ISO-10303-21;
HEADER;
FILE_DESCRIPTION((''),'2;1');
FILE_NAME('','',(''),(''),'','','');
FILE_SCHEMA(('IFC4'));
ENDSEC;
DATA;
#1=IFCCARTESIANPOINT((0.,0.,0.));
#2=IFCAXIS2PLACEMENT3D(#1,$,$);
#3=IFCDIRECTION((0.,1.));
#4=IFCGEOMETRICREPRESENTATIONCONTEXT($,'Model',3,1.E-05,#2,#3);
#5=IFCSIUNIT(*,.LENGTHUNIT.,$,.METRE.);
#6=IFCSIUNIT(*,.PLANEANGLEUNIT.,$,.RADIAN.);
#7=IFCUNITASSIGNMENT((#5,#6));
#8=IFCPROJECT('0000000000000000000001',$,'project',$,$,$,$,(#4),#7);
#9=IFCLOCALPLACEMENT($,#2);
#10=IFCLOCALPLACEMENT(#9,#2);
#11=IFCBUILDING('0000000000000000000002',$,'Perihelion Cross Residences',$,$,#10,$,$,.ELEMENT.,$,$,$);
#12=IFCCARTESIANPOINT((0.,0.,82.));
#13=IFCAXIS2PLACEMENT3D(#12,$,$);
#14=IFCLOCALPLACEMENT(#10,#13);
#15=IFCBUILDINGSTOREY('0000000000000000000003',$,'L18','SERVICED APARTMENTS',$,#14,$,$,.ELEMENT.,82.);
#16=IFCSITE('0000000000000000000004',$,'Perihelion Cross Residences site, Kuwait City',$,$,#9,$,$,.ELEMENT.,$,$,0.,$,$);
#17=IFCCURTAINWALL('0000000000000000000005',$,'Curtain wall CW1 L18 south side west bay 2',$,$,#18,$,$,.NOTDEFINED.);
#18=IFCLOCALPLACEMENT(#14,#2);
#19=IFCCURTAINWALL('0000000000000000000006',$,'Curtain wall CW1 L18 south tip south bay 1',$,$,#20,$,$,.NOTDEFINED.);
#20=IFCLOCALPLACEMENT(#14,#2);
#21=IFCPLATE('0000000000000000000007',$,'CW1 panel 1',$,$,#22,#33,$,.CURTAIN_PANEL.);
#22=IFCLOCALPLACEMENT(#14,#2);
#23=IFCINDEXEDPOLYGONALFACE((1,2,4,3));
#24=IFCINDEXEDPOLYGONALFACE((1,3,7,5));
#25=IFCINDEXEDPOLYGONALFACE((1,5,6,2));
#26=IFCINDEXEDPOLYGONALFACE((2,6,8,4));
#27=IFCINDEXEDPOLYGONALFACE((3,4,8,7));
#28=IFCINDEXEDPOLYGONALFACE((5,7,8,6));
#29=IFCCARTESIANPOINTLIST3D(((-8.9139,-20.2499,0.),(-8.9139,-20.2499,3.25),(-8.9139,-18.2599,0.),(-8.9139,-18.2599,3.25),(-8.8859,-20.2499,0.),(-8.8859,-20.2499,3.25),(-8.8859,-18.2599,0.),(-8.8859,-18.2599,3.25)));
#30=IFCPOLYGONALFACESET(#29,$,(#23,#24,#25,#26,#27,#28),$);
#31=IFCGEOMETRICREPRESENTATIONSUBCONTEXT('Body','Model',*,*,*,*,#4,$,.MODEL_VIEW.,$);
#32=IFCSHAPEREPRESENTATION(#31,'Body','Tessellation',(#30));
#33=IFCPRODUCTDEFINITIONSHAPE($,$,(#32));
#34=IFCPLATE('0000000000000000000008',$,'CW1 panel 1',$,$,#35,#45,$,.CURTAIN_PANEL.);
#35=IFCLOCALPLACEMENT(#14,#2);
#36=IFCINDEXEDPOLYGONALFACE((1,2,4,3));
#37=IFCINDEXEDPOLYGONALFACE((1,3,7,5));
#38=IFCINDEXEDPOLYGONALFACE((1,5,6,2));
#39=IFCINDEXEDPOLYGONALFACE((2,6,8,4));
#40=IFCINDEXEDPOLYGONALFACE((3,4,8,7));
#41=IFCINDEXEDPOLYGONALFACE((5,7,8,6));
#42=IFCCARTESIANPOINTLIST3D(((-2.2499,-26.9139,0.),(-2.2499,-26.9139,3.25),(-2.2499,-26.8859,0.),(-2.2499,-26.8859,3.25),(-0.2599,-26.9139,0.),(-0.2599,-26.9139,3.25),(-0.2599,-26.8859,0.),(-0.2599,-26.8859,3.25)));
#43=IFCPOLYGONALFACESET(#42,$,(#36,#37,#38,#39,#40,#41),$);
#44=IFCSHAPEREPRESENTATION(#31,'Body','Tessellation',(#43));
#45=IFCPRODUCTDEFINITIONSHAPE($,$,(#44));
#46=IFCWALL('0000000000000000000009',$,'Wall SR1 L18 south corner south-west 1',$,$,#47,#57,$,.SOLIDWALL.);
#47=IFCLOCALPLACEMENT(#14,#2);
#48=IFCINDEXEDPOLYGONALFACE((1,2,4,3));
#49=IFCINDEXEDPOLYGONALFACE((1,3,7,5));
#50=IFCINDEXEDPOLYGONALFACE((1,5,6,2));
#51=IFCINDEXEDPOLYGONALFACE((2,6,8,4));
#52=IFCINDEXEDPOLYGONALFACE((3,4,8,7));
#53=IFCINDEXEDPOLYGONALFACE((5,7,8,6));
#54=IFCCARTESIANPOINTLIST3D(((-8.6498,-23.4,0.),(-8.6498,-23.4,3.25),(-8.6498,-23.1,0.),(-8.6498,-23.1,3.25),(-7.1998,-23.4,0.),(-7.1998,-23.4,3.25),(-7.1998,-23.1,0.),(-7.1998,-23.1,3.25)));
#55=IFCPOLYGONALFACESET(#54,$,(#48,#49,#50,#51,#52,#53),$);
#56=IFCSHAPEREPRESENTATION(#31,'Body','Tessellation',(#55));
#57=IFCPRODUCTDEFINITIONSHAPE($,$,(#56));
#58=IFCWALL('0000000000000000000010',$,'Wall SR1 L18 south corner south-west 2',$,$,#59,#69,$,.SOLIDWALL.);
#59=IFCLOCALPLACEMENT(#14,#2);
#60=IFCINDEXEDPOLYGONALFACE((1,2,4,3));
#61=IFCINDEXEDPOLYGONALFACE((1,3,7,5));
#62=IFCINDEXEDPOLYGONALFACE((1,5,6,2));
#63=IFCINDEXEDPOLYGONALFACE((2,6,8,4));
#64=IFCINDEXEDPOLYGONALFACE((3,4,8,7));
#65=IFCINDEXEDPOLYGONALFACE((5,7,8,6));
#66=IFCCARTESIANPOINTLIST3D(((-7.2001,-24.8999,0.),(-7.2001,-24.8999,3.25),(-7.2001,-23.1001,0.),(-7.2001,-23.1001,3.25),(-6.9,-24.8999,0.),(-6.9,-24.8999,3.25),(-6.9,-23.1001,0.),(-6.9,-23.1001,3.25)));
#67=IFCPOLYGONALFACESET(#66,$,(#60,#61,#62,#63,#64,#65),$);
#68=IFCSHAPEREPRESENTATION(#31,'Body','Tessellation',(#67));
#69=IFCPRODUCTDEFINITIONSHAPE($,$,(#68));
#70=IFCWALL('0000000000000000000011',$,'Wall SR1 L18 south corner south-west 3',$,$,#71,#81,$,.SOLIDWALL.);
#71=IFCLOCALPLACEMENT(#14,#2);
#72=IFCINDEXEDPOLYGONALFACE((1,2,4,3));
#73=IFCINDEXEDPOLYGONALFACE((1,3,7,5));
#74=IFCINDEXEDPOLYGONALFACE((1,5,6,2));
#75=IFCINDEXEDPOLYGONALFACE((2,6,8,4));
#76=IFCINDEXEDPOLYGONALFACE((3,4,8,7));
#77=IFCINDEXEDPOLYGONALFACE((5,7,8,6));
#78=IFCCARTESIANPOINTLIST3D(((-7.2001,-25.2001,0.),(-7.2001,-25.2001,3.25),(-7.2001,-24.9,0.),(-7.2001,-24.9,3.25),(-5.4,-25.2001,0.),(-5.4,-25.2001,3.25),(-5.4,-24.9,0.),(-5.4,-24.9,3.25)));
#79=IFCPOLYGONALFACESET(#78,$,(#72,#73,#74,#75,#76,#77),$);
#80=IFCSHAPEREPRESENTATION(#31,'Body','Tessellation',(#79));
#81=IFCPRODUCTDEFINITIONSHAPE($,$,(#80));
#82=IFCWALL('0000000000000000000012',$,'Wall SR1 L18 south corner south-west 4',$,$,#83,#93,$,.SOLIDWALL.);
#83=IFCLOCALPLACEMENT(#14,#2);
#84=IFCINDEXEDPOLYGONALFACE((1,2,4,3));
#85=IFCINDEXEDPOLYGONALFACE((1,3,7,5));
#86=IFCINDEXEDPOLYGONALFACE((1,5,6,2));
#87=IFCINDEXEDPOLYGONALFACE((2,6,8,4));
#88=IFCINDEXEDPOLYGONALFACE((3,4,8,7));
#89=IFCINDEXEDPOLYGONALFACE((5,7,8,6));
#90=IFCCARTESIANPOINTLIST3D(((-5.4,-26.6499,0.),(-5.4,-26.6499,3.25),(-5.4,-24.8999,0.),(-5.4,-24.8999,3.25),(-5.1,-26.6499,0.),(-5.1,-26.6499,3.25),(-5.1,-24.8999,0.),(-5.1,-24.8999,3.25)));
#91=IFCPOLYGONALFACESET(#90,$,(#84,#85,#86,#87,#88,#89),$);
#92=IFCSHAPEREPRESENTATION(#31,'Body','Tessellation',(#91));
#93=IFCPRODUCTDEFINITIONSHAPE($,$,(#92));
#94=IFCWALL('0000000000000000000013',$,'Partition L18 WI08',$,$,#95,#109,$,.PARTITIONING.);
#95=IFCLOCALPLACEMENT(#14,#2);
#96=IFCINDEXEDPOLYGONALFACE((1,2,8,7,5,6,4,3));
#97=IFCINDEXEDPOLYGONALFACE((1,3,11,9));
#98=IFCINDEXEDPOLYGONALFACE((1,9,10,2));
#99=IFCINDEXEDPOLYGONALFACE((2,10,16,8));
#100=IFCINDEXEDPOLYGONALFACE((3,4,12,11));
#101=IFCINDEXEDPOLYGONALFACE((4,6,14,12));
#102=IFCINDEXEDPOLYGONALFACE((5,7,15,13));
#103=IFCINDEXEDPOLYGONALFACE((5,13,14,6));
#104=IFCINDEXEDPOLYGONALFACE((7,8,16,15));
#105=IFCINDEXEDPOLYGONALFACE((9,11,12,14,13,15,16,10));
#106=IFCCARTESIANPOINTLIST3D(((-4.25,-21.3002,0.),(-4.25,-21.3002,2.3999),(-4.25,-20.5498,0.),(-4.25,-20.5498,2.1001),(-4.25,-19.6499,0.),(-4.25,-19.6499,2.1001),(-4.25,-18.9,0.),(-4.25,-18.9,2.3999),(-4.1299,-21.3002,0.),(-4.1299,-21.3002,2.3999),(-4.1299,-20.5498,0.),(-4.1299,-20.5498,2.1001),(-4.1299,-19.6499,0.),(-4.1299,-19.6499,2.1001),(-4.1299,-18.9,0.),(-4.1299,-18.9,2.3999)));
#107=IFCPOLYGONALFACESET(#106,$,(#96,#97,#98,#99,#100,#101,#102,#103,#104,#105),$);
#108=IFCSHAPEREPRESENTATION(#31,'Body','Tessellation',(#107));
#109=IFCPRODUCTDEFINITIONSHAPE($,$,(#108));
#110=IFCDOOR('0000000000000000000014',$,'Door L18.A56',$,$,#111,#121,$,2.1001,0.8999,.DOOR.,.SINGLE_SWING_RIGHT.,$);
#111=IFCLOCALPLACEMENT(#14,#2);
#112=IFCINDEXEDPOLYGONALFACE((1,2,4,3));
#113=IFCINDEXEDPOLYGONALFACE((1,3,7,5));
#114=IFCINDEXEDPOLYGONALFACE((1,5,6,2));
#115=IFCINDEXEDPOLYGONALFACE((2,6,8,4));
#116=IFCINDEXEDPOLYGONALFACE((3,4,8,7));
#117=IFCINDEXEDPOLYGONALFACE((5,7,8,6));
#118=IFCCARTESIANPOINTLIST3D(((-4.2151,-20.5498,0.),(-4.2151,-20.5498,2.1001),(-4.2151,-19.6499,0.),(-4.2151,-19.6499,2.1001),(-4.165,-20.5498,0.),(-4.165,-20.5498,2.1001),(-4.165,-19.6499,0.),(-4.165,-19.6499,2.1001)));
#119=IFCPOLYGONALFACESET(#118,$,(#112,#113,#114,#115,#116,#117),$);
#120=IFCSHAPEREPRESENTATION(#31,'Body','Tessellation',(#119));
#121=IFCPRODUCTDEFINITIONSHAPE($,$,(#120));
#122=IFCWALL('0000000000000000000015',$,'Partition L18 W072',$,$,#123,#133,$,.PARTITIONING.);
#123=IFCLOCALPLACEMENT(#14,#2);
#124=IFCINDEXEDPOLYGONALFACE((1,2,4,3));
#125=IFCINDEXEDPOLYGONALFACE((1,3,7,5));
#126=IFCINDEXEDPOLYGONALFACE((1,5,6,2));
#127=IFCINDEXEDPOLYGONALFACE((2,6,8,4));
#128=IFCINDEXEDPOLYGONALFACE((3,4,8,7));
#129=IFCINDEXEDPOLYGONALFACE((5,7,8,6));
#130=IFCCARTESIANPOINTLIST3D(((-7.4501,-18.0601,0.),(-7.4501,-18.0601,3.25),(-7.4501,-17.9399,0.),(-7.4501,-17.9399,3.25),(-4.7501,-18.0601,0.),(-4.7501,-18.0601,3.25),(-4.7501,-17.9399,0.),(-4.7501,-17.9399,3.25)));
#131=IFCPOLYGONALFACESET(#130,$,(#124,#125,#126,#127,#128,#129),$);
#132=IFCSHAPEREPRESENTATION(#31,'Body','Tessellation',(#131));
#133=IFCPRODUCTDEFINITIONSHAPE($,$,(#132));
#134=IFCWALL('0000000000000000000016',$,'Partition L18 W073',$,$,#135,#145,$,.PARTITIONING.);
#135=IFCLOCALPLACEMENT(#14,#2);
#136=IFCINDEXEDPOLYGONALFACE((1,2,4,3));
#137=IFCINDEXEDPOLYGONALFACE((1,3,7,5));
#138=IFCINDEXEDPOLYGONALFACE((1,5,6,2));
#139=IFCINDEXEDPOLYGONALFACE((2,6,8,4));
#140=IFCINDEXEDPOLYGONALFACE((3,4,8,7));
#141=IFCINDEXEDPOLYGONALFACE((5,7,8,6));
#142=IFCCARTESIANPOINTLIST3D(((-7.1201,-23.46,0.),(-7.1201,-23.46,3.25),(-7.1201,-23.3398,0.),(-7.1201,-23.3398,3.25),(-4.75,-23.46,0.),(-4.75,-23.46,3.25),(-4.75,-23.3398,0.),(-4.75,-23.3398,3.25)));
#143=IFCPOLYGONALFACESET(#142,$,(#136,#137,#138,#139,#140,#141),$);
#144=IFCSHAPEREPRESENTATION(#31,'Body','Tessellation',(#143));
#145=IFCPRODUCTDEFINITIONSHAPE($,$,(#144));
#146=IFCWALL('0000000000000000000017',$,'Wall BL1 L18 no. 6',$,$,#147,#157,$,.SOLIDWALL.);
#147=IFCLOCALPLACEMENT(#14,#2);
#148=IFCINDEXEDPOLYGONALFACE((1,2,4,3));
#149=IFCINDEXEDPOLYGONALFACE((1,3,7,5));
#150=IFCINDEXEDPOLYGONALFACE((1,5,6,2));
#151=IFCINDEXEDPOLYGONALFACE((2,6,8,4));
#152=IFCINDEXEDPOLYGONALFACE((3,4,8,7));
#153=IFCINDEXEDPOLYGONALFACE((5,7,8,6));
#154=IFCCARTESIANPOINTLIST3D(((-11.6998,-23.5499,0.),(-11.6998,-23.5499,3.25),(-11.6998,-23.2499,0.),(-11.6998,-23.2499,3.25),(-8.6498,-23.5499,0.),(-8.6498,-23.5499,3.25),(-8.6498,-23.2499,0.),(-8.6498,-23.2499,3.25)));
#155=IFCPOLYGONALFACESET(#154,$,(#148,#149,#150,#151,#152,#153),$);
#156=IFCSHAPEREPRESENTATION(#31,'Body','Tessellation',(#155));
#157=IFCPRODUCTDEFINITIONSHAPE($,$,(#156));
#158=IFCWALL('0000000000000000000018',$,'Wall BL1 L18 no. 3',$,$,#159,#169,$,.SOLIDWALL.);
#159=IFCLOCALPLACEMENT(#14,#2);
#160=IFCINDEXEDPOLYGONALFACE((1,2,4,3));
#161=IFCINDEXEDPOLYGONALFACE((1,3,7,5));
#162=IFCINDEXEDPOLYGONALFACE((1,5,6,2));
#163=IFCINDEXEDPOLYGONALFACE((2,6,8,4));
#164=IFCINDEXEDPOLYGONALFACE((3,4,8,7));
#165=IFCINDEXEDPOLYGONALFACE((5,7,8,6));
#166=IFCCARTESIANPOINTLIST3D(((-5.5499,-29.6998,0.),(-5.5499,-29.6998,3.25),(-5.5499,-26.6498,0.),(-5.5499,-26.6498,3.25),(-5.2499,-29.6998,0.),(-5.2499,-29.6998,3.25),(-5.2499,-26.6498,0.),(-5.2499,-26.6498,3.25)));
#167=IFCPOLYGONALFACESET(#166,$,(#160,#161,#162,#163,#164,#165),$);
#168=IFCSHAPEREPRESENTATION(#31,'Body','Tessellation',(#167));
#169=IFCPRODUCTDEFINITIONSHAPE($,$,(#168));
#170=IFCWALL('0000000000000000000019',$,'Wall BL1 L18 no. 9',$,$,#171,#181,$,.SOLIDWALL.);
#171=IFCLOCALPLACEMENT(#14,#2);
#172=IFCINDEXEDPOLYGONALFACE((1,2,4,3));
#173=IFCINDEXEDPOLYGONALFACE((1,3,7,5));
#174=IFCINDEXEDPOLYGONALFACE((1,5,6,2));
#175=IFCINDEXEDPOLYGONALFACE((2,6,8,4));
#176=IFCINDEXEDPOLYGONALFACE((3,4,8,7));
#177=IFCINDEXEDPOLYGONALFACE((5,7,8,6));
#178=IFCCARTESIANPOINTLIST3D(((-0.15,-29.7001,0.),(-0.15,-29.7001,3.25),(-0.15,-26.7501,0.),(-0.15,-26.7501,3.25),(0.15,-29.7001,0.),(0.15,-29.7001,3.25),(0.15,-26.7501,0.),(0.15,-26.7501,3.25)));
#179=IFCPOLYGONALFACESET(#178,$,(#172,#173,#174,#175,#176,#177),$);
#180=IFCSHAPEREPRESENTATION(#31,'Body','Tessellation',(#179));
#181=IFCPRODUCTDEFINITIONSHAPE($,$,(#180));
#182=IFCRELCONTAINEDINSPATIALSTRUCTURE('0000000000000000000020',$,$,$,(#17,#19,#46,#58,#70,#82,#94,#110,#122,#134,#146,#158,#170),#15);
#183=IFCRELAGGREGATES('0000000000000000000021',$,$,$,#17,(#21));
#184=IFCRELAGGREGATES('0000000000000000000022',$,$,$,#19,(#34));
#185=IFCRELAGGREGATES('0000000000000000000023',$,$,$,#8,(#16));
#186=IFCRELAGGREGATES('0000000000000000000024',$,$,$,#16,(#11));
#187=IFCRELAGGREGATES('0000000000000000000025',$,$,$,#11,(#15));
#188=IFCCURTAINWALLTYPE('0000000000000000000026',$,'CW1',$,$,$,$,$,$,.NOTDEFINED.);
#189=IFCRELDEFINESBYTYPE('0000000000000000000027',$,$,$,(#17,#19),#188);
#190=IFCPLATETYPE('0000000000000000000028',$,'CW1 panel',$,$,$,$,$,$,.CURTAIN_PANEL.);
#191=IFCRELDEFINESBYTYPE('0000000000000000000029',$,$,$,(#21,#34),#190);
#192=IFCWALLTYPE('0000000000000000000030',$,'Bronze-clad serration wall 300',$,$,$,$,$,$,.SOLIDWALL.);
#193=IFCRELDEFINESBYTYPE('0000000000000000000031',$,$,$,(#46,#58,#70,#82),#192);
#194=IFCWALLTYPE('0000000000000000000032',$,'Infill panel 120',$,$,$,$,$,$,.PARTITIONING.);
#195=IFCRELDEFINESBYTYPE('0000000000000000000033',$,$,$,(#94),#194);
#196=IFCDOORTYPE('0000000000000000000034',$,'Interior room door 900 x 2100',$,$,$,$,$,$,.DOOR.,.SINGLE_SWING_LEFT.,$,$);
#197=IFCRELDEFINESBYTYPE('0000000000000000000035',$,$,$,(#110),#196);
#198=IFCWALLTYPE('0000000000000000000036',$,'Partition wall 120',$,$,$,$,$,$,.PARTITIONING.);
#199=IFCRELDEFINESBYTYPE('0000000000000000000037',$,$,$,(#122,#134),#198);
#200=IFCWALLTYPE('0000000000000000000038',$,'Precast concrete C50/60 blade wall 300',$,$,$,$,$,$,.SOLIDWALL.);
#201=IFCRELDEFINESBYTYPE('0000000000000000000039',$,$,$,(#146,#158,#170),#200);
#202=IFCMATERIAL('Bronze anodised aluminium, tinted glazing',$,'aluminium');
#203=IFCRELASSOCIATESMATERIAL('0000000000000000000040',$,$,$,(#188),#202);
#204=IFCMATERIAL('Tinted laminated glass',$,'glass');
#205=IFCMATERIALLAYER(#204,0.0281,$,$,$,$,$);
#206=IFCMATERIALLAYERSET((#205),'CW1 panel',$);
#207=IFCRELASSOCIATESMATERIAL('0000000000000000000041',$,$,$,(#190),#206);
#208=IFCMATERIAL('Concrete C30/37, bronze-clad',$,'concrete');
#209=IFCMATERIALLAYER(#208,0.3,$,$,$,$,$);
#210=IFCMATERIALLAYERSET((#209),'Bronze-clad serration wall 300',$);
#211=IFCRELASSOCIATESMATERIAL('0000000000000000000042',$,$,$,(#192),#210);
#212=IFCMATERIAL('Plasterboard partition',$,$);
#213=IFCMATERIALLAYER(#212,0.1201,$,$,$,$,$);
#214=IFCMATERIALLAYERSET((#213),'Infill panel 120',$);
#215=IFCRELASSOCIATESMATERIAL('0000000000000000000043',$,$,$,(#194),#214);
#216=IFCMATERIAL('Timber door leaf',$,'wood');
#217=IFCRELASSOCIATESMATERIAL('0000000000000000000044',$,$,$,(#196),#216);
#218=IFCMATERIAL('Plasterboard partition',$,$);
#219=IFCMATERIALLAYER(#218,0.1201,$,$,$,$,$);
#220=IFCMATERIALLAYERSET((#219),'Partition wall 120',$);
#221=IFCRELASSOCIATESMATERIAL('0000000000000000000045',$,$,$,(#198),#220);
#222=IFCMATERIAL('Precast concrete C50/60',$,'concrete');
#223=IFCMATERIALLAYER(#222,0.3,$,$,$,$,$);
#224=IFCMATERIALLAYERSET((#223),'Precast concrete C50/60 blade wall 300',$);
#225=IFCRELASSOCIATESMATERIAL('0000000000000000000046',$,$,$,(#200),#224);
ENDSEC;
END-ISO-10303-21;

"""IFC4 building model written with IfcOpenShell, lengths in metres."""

from ifc_helpers import new_model, si_unit, direction, frame, frame_2d, origin, origin_2d, place, context, subcontext, project, spatial, rectangle, extrude, material, layer, layer_set, type_object, element, fill, aggregate, save


model = new_model("IFC4")

# Units and contexts
model_context = context("Model", 3, precision=1e-05, world=origin(), true_north=direction((0.0, 1.0)))
body_context = subcontext(model_context, "Body", "Model", "MODEL_VIEW")
ifc_project = project(units=[si_unit("LENGTHUNIT", "METRE"), si_unit("PLANEANGLEUNIT", "RADIAN")], contexts=[model_context])

# Site, building, storey
site_placement = place(None, origin())
site = spatial("IfcSite", under=ifc_project, at=site_placement, Name="Perihelion Cross Residences site, Kuwait City", CompositionType="ELEMENT", RefElevation=0.0)
building_placement = place(site_placement, origin())
building = spatial("IfcBuilding", under=site, at=building_placement, Name="Perihelion Cross Residences", CompositionType="ELEMENT")
storey_placement = place(building_placement, frame((0.0, 0.0, 82.0)))
storey = spatial("IfcBuildingStorey", under=building, at=storey_placement, Name="L18", Description="SERVICED APARTMENTS", CompositionType="ELEMENT", Elevation=82.0)

# Curtain walls
ifc_material_1 = material(Name="Bronze anodised aluminium, tinted glazing", Category="aluminium")
curtain_wall_type = type_object("IfcCurtainWallType", Name="CW1", PredefinedType="NOTDEFINED", material=ifc_material_1)
curtain_wall_1_placement = place(storey_placement, origin())
curtain_wall_1 = element("IfcCurtainWall", 1, at=curtain_wall_1_placement, inside=storey, type_object=curtain_wall_type, Name="Curtain wall CW1 L18 south side west bay 2", PredefinedType="NOTDEFINED")
curtain_wall_2_placement = place(storey_placement, origin())
curtain_wall_2 = element("IfcCurtainWall", 2, at=curtain_wall_2_placement, inside=storey, type_object=curtain_wall_type, Name="Curtain wall CW1 L18 south tip south bay 1", PredefinedType="NOTDEFINED")

# Plates
ifc_material_2 = material(Name="Tinted laminated glass", Category="glass")
ifc_layer_1 = layer(ifc_material_2, 0.0281)
ifc_layer_set_1 = layer_set([ifc_layer_1], Name="CW1 panel")
plate_type = type_object("IfcPlateType", Name="CW1 panel", PredefinedType="CURTAIN_PANEL", material=ifc_layer_set_1)
plate_1_placement = place(storey_placement, frame((-8.8999, -19.2549, 0.0), z_axis=(0.0, 0.0, 1.0), x_axis=(0.0, -1.0, 0.0)))
plate_1 = element("IfcPlate", 3, at=plate_1_placement, type_object=plate_type, Name="CW1 panel 1", PredefinedType="CURTAIN_PANEL", context=body_context, shape_type="SweptSolid", body=[
    extrude(rectangle(XDim=1.99, YDim=0.0281, at=origin_2d()), origin(), (0.0, 0.0, 1.0), 3.25),
])
aggregate(curtain_wall_1, [plate_1])
plate_2_placement = place(storey_placement, frame((-1.2549, -26.8999, 0.0), z_axis=(0.0, 0.0, 1.0), x_axis=(1.0, 0.0, 0.0)))
plate_2 = element("IfcPlate", 4, at=plate_2_placement, type_object=plate_type, Name="CW1 panel 1", PredefinedType="CURTAIN_PANEL", context=body_context, shape_type="SweptSolid", body=[
    extrude(rectangle(XDim=1.99, YDim=0.0281, at=origin_2d()), origin(), (0.0, 0.0, 1.0), 3.25),
])
aggregate(curtain_wall_2, [plate_2])

# Walls
ifc_material_3 = material(Name="Concrete C30/37, bronze-clad", Category="concrete")
ifc_layer_2 = layer(ifc_material_3, 0.3)
ifc_layer_set_2 = layer_set([ifc_layer_2], Name="Bronze-clad serration wall 300")
wall_type_1 = type_object("IfcWallType", Name="Bronze-clad serration wall 300", PredefinedType="SOLIDWALL", material=ifc_layer_set_2)
wall_1_placement = place(storey_placement, frame((-8.6499, -23.25, 0.0), z_axis=(0.0, 0.0, 1.0), x_axis=(1.0, 0.0, 0.0)))
element("IfcWall", 5, at=wall_1_placement, inside=storey, type_object=wall_type_1, Name="Wall SR1 L18 south corner south-west 1", PredefinedType="SOLIDWALL", context=body_context, shape_type="SweptSolid", body=[
    extrude(rectangle(XDim=1.45, YDim=0.3, at=frame_2d((0.7251, 0.0))), origin(), (0.0, 0.0, 1.0), 3.25),
])
wall_2_placement = place(storey_placement, frame((-7.05, -23.1001, 0.0), z_axis=(0.0, 0.0, 1.0), x_axis=(0.0, -1.0, 0.0)))
element("IfcWall", 6, at=wall_2_placement, inside=storey, type_object=wall_type_1, Name="Wall SR1 L18 south corner south-west 2", PredefinedType="SOLIDWALL", context=body_context, shape_type="SweptSolid", body=[
    extrude(rectangle(XDim=1.7998, YDim=0.3, at=frame_2d((0.8999, 0.0))), origin(), (0.0, 0.0, 1.0), 3.25),
])
wall_3_placement = place(storey_placement, frame((-7.2, -25.05, 0.0), z_axis=(0.0, 0.0, 1.0), x_axis=(1.0, 0.0, 0.0)))
element("IfcWall", 7, at=wall_3_placement, inside=storey, type_object=wall_type_1, Name="Wall SR1 L18 south corner south-west 3", PredefinedType="SOLIDWALL", context=body_context, shape_type="SweptSolid", body=[
    extrude(rectangle(XDim=1.8, YDim=0.3, at=frame_2d((0.8999, 0.0))), origin(), (0.0, 0.0, 1.0), 3.25),
])
wall_4_placement = place(storey_placement, frame((-5.25, -24.8999, 0.0), z_axis=(0.0, 0.0, 1.0), x_axis=(0.0, -1.0, 0.0)))
element("IfcWall", 8, at=wall_4_placement, inside=storey, type_object=wall_type_1, Name="Wall SR1 L18 south corner south-west 4", PredefinedType="SOLIDWALL", context=body_context, shape_type="SweptSolid", body=[
    extrude(rectangle(XDim=1.75, YDim=0.3, at=frame_2d((0.875, 0.0))), origin(), (0.0, 0.0, 1.0), 3.25),
])

# Wall, opening, door
ifc_material_4 = material(Name="Plasterboard partition")
ifc_layer_3 = layer(ifc_material_4, 0.1201)
ifc_layer_set_3 = layer_set([ifc_layer_3], Name="Infill panel 120")
wall_type_2 = type_object("IfcWallType", Name="Infill panel 120", PredefinedType="PARTITIONING", material=ifc_layer_set_3)
wall_5_placement = place(storey_placement, frame((-4.1899, -18.8999, 0.0), z_axis=(0.0, 0.0, 1.0), x_axis=(0.0, -1.0, 0.0)))
wall_5 = element("IfcWall", 9, at=wall_5_placement, inside=storey, type_object=wall_type_2, Name="Partition L18 WI08", PredefinedType="PARTITIONING", context=body_context, shape_type="SweptSolid", body=[
    extrude(rectangle(XDim=2.4001, YDim=0.1201, at=frame_2d((1.2002, 0.0))), origin(), (0.0, 0.0, 1.0), 2.3999),
])
opening_1_placement = place(wall_5_placement, frame((0.75, 0.0, 0.0)))
opening_1 = element("IfcOpeningElement", 10, at=opening_1_placement, cuts=wall_5, PredefinedType="OPENING", context=body_context, shape_type="SweptSolid", body=[
    extrude(rectangle(XDim=0.8999, YDim=2.1001, at=frame_2d((0.45, 1.05))), frame((0.0, 0.0701, 0.0), z_axis=(0.0, -1.0, 0.0), x_axis=(1.0, 0.0, 0.0)), (0.0, 0.0, 1.0), 0.1401),
])
ifc_material_5 = material(Name="Timber door leaf", Category="wood")
door_type_1 = type_object("IfcDoorType", Name="Interior room door 900 x 2100", OperationType="SINGLE_SWING_LEFT", PredefinedType="DOOR", material=ifc_material_5)
door_1_placement = place(opening_1_placement, origin())
door_1 = element("IfcDoor", 11, at=door_1_placement, inside=storey, type_object=door_type_1, Name="Door L18.A56", OperationType="SINGLE_SWING_RIGHT", OverallHeight=2.1001, OverallWidth=0.8999, PredefinedType="DOOR", context=body_context, shape_type="SweptSolid", body=[
    extrude(rectangle(XDim=0.8999, YDim=2.1001, at=frame_2d((0.45, 1.05))), frame((0.0, 0.0249, 0.0), z_axis=(0.0, -1.0, 0.0), x_axis=(1.0, 0.0, 0.0)), (0.0, 0.0, 1.0), 0.05),
])
fill(opening_1, door_1)

# Walls
ifc_material_6 = material(Name="Plasterboard partition")
ifc_layer_4 = layer(ifc_material_6, 0.1201)
ifc_layer_set_4 = layer_set([ifc_layer_4], Name="Partition wall 120")
wall_type_3 = type_object("IfcWallType", Name="Partition wall 120", PredefinedType="PARTITIONING", material=ifc_layer_set_4)
wall_6_placement = place(storey_placement, frame((-4.75, -18.0, 0.0), z_axis=(0.0, 0.0, 1.0), x_axis=(-1.0, 0.0, 0.0)))
element("IfcWall", 12, at=wall_6_placement, inside=storey, type_object=wall_type_3, Name="Partition L18 W072", PredefinedType="PARTITIONING", context=body_context, shape_type="SweptSolid", body=[
    extrude(rectangle(XDim=2.7, YDim=0.1201, at=frame_2d((1.3501, 0.0))), origin(), (0.0, 0.0, 1.0), 3.25),
])
wall_7_placement = place(storey_placement, frame((-4.75, -23.3999, 0.0), z_axis=(0.0, 0.0, 1.0), x_axis=(-1.0, 0.0, 0.0)))
element("IfcWall", 13, at=wall_7_placement, inside=storey, type_object=wall_type_3, Name="Partition L18 W073", PredefinedType="PARTITIONING", context=body_context, shape_type="SweptSolid", body=[
    extrude(rectangle(XDim=2.3701, YDim=0.1201, at=frame_2d((1.1851, 0.0))), origin(), (0.0, 0.0, 1.0), 3.25),
])
ifc_material_7 = material(Name="Precast concrete C50/60", Category="concrete")
ifc_layer_5 = layer(ifc_material_7, 0.3)
ifc_layer_set_5 = layer_set([ifc_layer_5], Name="Precast concrete C50/60 blade wall 300")
wall_type_4 = type_object("IfcWallType", Name="Precast concrete C50/60 blade wall 300", PredefinedType="SOLIDWALL", material=ifc_layer_set_5)
for number, where, z_axis, x_axis, name in (
    (14, (-8.6499, -23.3999, 0.0), (0.0, 0.0, 1.0), (-1.0, 0.0, 0.0), "Wall BL1 L18 no. 6"),
    (15, (-5.3999, -26.6499, 0.0), (0.0, 0.0, 1.0), (0.0, -1.0, 0.0), "Wall BL1 L18 no. 3"),
):
    element("IfcWall", number, at=place(storey_placement, frame(where, z_axis=z_axis, x_axis=x_axis)), inside=storey, type_object=wall_type_4, Name=name, PredefinedType="SOLIDWALL", context=body_context, shape_type="SweptSolid", body=[
        extrude(rectangle(XDim=3.05, YDim=0.3, at=frame_2d((1.5249, 0.0))), origin(), (0.0, 0.0, 1.0), 3.25),
    ])
wall_8_placement = place(storey_placement, frame((0.0, -26.75, 0.0), z_axis=(0.0, 0.0, 1.0), x_axis=(0.0, -1.0, 0.0)))
element("IfcWall", 16, at=wall_8_placement, inside=storey, type_object=wall_type_4, Name="Wall BL1 L18 no. 9", PredefinedType="SOLIDWALL", context=body_context, shape_type="SweptSolid", body=[
    extrude(rectangle(XDim=2.95, YDim=0.3, at=frame_2d((1.4751, 0.0))), origin(), (0.0, 0.0, 1.0), 3.25),
])

save(model, "model.ifc")
